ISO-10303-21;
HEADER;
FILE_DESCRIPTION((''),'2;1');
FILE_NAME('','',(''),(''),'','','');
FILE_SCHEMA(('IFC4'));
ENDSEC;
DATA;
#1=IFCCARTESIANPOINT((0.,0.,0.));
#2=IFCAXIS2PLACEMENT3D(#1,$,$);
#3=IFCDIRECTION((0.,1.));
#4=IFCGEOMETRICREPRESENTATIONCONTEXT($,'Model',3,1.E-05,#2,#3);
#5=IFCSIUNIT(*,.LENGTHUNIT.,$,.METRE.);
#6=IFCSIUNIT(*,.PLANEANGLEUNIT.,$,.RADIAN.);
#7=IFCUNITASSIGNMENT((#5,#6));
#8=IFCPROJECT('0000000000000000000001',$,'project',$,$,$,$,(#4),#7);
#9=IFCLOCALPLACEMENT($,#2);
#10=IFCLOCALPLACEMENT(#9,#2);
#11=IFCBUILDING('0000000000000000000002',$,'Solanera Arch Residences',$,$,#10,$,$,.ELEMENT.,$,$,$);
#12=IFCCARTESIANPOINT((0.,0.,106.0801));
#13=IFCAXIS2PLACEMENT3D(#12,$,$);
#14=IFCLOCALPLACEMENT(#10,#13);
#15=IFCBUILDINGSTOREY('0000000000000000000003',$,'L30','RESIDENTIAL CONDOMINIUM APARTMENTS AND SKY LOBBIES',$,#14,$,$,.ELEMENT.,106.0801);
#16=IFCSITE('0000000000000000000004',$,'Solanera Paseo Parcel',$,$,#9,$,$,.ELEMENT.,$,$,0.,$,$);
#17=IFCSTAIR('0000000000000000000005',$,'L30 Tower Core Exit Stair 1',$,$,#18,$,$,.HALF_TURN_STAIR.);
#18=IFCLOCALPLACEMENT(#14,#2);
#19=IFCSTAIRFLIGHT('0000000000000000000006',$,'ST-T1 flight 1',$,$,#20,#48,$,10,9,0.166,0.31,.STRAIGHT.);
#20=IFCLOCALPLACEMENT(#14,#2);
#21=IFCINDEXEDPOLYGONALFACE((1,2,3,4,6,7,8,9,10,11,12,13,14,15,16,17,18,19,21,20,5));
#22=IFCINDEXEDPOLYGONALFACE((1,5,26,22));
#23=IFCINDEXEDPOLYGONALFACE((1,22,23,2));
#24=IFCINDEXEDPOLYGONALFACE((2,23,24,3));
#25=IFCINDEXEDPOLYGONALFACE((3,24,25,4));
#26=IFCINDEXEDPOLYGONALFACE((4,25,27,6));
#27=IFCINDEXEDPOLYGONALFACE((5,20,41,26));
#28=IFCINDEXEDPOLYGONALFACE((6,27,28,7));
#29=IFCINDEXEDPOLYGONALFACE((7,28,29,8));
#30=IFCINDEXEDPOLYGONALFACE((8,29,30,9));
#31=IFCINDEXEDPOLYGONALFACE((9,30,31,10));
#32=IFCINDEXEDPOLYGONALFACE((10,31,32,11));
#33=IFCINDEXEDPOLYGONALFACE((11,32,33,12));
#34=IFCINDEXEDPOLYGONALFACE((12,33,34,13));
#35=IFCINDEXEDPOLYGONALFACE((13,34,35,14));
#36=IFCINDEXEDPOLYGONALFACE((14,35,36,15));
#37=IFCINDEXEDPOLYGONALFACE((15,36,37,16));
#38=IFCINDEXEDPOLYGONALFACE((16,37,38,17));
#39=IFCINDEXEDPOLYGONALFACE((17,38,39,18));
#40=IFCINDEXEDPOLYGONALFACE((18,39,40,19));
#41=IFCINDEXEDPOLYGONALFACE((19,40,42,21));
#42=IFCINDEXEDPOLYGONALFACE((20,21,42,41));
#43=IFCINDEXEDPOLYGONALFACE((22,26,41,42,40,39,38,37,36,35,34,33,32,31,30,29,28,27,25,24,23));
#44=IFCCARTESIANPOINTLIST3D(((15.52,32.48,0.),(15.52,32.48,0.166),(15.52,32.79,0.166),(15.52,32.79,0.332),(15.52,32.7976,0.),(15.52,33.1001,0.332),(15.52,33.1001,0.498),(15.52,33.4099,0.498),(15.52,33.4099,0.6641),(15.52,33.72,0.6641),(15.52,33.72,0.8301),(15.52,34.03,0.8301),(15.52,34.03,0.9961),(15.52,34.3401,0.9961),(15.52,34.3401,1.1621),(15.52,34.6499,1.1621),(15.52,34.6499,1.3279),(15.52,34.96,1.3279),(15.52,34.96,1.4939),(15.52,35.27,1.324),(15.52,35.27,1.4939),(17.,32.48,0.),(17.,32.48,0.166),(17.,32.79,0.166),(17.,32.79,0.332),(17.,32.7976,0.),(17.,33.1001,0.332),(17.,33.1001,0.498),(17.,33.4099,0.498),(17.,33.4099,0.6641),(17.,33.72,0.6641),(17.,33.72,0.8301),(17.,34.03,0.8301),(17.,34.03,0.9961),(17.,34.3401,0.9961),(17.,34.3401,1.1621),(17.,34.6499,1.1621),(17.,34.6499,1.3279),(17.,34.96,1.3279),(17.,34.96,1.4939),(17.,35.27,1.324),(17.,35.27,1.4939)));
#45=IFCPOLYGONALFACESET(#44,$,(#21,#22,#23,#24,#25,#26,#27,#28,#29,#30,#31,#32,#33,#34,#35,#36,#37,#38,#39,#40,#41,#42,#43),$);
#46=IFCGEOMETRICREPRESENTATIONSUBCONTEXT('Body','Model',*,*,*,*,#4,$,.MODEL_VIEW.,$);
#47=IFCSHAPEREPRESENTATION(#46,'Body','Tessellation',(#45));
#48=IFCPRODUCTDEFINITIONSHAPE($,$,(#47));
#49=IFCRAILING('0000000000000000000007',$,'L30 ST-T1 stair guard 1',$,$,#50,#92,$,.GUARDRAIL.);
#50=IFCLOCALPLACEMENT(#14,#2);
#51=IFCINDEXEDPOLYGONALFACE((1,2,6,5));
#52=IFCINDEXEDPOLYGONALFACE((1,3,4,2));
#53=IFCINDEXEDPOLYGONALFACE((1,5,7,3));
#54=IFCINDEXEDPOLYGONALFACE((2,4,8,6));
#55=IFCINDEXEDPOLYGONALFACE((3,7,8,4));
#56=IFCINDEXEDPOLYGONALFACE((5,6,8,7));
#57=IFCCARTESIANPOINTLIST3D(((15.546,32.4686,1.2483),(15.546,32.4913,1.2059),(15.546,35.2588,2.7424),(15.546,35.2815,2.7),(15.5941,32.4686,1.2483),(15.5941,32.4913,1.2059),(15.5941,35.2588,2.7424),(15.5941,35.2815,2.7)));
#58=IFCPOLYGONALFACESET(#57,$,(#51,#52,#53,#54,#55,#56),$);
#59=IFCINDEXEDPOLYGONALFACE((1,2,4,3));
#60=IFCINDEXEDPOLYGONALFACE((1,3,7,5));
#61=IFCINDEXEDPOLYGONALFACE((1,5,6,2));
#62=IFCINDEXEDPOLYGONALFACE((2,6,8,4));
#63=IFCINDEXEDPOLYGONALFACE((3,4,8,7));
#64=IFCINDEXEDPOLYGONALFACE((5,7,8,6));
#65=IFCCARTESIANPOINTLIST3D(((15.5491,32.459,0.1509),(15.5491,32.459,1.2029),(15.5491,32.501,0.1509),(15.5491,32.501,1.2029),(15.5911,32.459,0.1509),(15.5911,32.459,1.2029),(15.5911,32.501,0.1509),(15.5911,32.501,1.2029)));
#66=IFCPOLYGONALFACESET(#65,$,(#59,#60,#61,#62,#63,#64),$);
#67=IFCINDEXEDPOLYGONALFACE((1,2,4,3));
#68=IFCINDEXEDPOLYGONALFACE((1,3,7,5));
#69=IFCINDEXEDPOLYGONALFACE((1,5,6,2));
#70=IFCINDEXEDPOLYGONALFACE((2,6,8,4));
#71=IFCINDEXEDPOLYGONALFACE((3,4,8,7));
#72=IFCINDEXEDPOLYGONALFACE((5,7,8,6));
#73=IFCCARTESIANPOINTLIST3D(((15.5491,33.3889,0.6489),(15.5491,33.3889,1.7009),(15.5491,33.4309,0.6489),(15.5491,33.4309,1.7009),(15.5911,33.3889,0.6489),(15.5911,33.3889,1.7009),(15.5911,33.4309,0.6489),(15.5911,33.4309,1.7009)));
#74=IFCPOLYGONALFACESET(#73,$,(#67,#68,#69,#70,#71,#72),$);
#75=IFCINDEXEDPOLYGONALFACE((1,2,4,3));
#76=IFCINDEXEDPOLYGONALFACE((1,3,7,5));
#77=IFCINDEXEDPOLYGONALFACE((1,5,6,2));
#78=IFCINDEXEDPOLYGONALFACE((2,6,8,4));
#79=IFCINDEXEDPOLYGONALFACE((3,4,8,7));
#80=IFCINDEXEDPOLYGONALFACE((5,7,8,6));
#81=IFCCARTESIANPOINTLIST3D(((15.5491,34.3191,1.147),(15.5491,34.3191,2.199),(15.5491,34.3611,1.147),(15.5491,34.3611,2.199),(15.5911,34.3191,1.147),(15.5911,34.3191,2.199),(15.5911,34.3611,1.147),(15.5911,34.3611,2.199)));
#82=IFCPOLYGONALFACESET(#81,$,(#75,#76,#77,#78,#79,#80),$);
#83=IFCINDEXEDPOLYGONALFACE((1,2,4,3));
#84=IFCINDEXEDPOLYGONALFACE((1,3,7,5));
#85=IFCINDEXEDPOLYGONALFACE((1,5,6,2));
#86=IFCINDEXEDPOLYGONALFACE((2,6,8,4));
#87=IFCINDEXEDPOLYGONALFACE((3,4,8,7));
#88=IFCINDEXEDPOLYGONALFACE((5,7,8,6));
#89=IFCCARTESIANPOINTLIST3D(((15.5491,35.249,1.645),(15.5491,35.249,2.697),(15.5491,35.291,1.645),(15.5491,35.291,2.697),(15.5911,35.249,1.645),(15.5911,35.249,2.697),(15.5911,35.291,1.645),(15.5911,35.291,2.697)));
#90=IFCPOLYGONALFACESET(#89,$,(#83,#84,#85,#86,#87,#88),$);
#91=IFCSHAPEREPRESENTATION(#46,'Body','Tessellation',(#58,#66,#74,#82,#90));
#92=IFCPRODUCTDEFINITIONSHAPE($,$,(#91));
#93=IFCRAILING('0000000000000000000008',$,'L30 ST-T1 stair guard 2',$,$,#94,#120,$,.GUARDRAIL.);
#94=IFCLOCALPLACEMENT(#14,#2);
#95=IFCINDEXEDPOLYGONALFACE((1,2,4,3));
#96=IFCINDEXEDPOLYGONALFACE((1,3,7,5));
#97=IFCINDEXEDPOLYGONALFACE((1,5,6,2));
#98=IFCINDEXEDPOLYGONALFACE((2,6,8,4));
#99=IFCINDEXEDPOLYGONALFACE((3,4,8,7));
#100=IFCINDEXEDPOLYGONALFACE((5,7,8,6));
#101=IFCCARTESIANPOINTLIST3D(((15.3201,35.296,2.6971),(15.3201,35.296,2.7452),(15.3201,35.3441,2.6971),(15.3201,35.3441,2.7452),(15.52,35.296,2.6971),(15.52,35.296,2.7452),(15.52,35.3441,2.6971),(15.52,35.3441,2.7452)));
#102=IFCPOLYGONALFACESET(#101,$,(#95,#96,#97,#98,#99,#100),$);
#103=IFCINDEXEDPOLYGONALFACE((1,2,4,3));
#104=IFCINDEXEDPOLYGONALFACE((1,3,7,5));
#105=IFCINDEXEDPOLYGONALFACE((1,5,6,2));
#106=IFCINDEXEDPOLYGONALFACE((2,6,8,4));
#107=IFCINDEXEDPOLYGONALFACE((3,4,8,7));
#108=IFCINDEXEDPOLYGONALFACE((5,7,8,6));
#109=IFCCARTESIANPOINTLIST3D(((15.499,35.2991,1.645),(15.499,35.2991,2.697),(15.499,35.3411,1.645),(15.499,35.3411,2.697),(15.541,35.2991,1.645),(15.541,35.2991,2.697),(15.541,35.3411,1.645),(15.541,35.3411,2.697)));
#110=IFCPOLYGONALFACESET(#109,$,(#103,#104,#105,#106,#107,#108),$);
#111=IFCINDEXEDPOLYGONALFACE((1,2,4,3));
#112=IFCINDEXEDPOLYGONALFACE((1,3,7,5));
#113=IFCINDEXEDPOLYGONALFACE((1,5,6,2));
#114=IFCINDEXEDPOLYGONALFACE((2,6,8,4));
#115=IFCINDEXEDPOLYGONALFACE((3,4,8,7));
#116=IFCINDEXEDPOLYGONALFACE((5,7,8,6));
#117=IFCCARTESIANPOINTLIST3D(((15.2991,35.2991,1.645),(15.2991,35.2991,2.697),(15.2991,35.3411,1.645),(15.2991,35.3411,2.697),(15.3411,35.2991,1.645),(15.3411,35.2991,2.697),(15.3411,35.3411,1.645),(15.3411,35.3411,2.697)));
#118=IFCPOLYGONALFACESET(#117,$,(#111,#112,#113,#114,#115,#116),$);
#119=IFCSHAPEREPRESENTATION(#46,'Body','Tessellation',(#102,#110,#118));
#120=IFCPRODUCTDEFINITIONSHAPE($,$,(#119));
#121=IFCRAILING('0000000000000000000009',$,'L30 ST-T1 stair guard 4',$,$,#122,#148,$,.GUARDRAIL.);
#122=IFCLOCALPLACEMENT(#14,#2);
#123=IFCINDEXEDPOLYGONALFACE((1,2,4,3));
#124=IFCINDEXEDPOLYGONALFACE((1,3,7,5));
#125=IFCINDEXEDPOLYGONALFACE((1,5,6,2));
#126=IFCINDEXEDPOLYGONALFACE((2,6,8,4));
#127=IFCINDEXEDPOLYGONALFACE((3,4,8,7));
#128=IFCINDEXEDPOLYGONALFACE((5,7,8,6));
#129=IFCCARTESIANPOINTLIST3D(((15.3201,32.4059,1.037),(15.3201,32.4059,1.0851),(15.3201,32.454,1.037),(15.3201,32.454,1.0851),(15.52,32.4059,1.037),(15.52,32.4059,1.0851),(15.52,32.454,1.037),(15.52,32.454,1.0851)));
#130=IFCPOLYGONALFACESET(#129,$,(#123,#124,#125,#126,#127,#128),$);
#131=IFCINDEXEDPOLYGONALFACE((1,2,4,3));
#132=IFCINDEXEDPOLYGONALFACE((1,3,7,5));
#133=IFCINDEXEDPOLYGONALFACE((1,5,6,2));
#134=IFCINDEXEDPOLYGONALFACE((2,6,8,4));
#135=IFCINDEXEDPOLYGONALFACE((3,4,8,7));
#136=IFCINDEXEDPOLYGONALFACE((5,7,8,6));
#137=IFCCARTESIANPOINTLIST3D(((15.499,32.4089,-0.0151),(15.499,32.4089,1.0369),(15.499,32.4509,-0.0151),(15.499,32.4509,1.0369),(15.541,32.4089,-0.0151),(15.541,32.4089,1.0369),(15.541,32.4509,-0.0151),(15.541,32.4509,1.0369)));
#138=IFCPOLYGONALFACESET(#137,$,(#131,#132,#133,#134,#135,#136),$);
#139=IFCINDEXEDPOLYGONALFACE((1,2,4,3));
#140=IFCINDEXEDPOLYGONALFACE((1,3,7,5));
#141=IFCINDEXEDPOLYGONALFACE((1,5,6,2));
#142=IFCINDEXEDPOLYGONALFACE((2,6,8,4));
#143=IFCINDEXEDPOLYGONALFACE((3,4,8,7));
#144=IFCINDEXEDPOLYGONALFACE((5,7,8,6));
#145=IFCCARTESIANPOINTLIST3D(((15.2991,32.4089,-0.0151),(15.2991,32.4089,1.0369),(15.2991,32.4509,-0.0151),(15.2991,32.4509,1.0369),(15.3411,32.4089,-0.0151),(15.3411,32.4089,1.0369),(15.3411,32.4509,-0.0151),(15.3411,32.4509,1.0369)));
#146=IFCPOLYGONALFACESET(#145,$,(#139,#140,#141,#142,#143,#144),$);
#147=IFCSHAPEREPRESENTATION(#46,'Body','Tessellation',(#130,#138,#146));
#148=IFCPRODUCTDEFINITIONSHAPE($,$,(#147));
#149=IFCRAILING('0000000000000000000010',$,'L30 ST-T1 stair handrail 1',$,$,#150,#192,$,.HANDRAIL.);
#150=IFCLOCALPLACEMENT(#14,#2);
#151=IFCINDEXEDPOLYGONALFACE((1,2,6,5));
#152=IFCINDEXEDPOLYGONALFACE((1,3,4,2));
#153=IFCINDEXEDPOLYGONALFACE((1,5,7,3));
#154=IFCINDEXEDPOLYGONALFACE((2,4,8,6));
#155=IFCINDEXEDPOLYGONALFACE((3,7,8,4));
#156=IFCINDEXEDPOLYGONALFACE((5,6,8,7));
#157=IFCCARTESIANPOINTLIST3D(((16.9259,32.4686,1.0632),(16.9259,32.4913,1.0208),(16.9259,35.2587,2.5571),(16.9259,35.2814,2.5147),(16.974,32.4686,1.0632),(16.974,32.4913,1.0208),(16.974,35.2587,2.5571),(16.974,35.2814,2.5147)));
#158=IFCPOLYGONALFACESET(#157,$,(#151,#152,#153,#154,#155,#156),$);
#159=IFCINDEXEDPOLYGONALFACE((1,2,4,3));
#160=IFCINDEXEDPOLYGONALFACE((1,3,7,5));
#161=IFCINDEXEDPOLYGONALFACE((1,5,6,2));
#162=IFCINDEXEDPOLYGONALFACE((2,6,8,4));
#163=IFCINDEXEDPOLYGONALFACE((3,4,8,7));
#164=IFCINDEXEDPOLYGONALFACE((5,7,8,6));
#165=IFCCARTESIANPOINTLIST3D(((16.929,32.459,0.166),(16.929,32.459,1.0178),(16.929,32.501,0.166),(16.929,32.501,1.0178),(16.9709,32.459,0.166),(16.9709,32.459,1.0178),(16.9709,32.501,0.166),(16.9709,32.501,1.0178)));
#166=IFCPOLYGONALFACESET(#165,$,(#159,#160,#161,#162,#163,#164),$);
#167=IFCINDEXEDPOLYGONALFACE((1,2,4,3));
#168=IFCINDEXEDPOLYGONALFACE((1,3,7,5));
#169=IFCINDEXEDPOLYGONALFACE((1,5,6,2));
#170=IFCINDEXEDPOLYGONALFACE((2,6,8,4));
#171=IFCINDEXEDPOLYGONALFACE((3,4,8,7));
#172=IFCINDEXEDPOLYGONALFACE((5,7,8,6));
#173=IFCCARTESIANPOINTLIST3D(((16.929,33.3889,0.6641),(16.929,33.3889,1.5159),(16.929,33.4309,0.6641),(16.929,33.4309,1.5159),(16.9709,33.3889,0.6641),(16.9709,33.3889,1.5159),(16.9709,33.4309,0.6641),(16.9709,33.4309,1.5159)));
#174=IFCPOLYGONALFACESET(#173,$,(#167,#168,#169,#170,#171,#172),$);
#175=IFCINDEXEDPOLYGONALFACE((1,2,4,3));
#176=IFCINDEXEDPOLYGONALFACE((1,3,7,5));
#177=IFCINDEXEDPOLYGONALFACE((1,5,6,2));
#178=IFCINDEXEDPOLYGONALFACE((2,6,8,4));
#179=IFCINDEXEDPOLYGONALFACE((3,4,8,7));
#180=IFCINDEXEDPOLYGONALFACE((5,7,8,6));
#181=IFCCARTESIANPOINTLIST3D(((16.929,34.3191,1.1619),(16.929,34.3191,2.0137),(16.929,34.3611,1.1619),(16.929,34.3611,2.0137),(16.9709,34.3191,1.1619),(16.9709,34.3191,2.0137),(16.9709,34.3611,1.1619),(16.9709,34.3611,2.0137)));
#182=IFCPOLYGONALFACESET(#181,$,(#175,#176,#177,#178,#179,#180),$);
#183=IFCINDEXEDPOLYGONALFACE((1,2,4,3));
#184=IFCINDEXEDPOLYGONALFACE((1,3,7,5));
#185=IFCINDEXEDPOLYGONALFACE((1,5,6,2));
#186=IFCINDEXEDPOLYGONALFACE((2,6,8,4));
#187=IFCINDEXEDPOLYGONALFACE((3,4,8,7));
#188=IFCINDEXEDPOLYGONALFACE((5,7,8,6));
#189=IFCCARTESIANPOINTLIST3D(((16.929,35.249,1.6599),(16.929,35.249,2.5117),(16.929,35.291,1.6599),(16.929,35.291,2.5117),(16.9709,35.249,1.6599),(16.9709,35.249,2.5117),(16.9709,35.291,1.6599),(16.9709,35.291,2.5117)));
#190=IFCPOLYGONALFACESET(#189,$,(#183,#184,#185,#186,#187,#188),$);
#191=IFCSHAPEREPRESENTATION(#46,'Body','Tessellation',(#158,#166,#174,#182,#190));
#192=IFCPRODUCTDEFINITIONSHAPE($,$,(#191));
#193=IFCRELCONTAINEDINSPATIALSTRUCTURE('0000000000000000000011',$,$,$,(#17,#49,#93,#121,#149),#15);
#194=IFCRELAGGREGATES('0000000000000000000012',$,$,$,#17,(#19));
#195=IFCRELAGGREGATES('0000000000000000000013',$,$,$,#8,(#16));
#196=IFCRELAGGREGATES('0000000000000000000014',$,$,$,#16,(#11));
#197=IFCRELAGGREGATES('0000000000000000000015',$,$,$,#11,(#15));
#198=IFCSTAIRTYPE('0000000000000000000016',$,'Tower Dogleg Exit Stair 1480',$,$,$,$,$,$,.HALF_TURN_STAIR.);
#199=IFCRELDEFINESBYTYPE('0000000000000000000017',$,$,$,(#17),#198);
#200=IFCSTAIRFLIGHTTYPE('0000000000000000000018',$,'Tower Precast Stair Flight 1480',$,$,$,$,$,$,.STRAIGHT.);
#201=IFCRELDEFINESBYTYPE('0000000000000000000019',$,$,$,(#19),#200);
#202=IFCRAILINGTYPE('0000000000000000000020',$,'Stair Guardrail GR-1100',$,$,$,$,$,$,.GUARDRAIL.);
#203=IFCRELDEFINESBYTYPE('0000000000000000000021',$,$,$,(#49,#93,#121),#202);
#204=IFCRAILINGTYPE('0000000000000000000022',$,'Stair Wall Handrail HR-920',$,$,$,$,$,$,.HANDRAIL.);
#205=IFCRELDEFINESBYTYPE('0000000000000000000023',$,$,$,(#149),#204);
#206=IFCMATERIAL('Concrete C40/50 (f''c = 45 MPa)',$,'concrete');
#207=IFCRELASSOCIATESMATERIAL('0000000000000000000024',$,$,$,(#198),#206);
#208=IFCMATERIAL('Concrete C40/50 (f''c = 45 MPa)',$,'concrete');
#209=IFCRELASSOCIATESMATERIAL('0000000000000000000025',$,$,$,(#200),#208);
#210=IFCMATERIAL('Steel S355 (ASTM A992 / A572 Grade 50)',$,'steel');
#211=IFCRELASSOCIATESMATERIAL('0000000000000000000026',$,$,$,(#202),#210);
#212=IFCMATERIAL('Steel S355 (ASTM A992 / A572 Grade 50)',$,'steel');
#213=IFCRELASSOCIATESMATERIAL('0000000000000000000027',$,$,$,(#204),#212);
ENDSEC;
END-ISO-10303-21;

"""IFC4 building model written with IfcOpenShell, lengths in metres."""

from ifc_helpers import new_model, si_unit, direction, frame, origin, origin_2d, place, context, subcontext, project, spatial, polyline, rectangle, outline, extrude, material, type_object, element, aggregate, save


model = new_model("IFC4")

# Units and contexts
model_context = context("Model", 3, precision=1e-05, world=origin(), true_north=direction((0.0, 1.0)))
body_context = subcontext(model_context, "Body", "Model", "MODEL_VIEW")
ifc_project = project(units=[si_unit("LENGTHUNIT", "METRE"), si_unit("PLANEANGLEUNIT", "RADIAN")], contexts=[model_context])

# Site, building, storey
site_placement = place(None, origin())
site = spatial("IfcSite", under=ifc_project, at=site_placement, Name="Solanera Paseo Parcel", CompositionType="ELEMENT", RefElevation=0.0)
building_placement = place(site_placement, origin())
building = spatial("IfcBuilding", under=site, at=building_placement, Name="Solanera Arch Residences", CompositionType="ELEMENT")
storey_placement = place(building_placement, frame((0.0, 0.0, 106.0801)))
storey = spatial("IfcBuildingStorey", under=building, at=storey_placement, Name="L30", Description="RESIDENTIAL CONDOMINIUM APARTMENTS AND SKY LOBBIES", CompositionType="ELEMENT", Elevation=106.0801)

# Stair, stair flight
ifc_material_1 = material(Name="Concrete C40/50 (f'c = 45 MPa)", Category="concrete")
stair_type = type_object("IfcStairType", Name="Tower Dogleg Exit Stair 1480", PredefinedType="HALF_TURN_STAIR", material=ifc_material_1)
stair_placement = place(storey_placement, origin())
stair = element("IfcStair", 1, at=stair_placement, inside=storey, type_object=stair_type, Name="L30 Tower Core Exit Stair 1", PredefinedType="HALF_TURN_STAIR")
ifc_material_2 = material(Name="Concrete C40/50 (f'c = 45 MPa)", Category="concrete")
stair_flight_type = type_object("IfcStairFlightType", Name="Tower Precast Stair Flight 1480", PredefinedType="STRAIGHT", material=ifc_material_2)
stair_flight_placement = place(storey_placement, frame((16.26, 32.48, 0.0), z_axis=(0.0, 0.0, 1.0), x_axis=(0.0, 1.0, 0.0)))
stair_flight = element("IfcStairFlight", 2, at=stair_flight_placement, type_object=stair_flight_type, Name="ST-T1 flight 1", NumberOfRisers=10, NumberOfTreads=9, PredefinedType="STRAIGHT", RiserHeight=0.166, TreadLength=0.31, context=body_context, shape_type="SweptSolid", body=[
    extrude(outline(polyline([(0.0, 0.0), (0.0, 0.166), (0.3101, 0.166), (0.3101, 0.332), (0.6201, 0.332), (0.6201, 0.498), (0.9299, 0.498), (0.9299, 0.6641), (1.24, 0.6641), (1.24, 0.8301), (1.55, 0.8301), (1.55, 0.9961), (1.8601, 0.9961), (1.8601, 1.1621), (2.1699, 1.1621), (2.1699, 1.3279), (2.48, 1.3279), (2.48, 1.4939), (2.79, 1.4939), (2.79, 1.6599), (2.79, 1.324), (0.3176, 0.0), (0.0, 0.0)])), frame((0.0, 0.74, 0.0), z_axis=(0.0, -1.0, 0.0), x_axis=(1.0, 0.0, 0.0)), (0.0, 0.0, 1.0), 1.48),
])
aggregate(stair, [stair_flight])

# Railings
ifc_material_3 = material(Name="Steel S355 (ASTM A992 / A572 Grade 50)", Category="steel")
railing_type_1 = type_object("IfcRailingType", Name="Stair Guardrail GR-1100", PredefinedType="GUARDRAIL", material=ifc_material_3)
railing_1_placement = place(storey_placement, frame((15.5701, 32.48, 0.1509)))
element("IfcRailing", 3, at=railing_1_placement, inside=storey, type_object=railing_type_1, Name="L30 ST-T1 stair guard 1", PredefinedType="GUARDRAIL", context=body_context, shape_type="SweptSolid", body=[
    extrude(rectangle(XDim=0.0481, YDim=0.0481, at=origin_2d()), frame((0.0, 0.0, 1.0762), z_axis=(0.0, 0.881549, 0.472093), x_axis=(-1.0, 0.0, 0.0)), (0.0, 0.0, 1.0), 3.165),
    extrude(rectangle(XDim=0.042, YDim=0.042, at=origin_2d()), origin(), (0.0, 0.0, 1.0), 1.052),
    extrude(rectangle(XDim=0.042, YDim=0.042, at=origin_2d()), frame((0.0, 0.9299, 0.498)), (0.0, 0.0, 1.0), 1.052),
    extrude(rectangle(XDim=0.042, YDim=0.042, at=origin_2d()), frame((0.0, 1.8601, 0.9961)), (0.0, 0.0, 1.0), 1.052),
    extrude(rectangle(XDim=0.042, YDim=0.042, at=origin_2d()), frame((0.0, 2.79, 1.4941)), (0.0, 0.0, 1.0), 1.052),
])
for number, where, name in (
    (4, (15.52, 35.3201, 1.645), "L30 ST-T1 stair guard 2"),
    (5, (15.52, 32.4299, -0.0151), "L30 ST-T1 stair guard 4"),
):
    element("IfcRailing", number, at=place(storey_placement, frame(where)), inside=storey, type_object=railing_type_1, Name=name, PredefinedType="GUARDRAIL", context=body_context, shape_type="SweptSolid", body=[
        extrude(rectangle(XDim=0.0481, YDim=0.0481, at=origin_2d()), frame((0.0, 0.0, 1.0762), z_axis=(-1.0, 0.0, 0.0), x_axis=(0.0, -1.0, 0.0)), (0.0, 0.0, 1.0), 0.2),
        extrude(rectangle(XDim=0.042, YDim=0.042, at=origin_2d()), origin(), (0.0, 0.0, 1.0), 1.052),
        extrude(rectangle(XDim=0.042, YDim=0.042, at=origin_2d()), frame((-0.2, 0.0, 0.0)), (0.0, 0.0, 1.0), 1.052),
    ])
ifc_material_4 = material(Name="Steel S355 (ASTM A992 / A572 Grade 50)", Category="steel")
railing_type_2 = type_object("IfcRailingType", Name="Stair Wall Handrail HR-920", PredefinedType="HANDRAIL", material=ifc_material_4)
railing_2_placement = place(storey_placement, frame((16.95, 32.48, 0.166)))
element("IfcRailing", 6, at=railing_2_placement, inside=storey, type_object=railing_type_2, Name="L30 ST-T1 stair handrail 1", PredefinedType="HANDRAIL", context=body_context, shape_type="SweptSolid", body=[
    extrude(rectangle(XDim=0.0481, YDim=0.0481, at=origin_2d()), frame((0.0, 0.0, 0.876), z_axis=(0.0, 0.881581, 0.472033), x_axis=(-1.0, 0.0, 0.0)), (0.0, 0.0, 1.0), 3.1648),
    extrude(rectangle(XDim=0.042, YDim=0.042, at=origin_2d()), origin(), (0.0, 0.0, 1.0), 0.8518),
    extrude(rectangle(XDim=0.042, YDim=0.042, at=origin_2d()), frame((0.0, 0.9299, 0.498)), (0.0, 0.0, 1.0), 0.8518),
    extrude(rectangle(XDim=0.042, YDim=0.042, at=origin_2d()), frame((0.0, 1.8601, 0.9958)), (0.0, 0.0, 1.0), 0.8518),
    extrude(rectangle(XDim=0.042, YDim=0.042, at=origin_2d()), frame((0.0, 2.79, 1.4939)), (0.0, 0.0, 1.0), 0.8518),
])

save(model, "model.ifc")
